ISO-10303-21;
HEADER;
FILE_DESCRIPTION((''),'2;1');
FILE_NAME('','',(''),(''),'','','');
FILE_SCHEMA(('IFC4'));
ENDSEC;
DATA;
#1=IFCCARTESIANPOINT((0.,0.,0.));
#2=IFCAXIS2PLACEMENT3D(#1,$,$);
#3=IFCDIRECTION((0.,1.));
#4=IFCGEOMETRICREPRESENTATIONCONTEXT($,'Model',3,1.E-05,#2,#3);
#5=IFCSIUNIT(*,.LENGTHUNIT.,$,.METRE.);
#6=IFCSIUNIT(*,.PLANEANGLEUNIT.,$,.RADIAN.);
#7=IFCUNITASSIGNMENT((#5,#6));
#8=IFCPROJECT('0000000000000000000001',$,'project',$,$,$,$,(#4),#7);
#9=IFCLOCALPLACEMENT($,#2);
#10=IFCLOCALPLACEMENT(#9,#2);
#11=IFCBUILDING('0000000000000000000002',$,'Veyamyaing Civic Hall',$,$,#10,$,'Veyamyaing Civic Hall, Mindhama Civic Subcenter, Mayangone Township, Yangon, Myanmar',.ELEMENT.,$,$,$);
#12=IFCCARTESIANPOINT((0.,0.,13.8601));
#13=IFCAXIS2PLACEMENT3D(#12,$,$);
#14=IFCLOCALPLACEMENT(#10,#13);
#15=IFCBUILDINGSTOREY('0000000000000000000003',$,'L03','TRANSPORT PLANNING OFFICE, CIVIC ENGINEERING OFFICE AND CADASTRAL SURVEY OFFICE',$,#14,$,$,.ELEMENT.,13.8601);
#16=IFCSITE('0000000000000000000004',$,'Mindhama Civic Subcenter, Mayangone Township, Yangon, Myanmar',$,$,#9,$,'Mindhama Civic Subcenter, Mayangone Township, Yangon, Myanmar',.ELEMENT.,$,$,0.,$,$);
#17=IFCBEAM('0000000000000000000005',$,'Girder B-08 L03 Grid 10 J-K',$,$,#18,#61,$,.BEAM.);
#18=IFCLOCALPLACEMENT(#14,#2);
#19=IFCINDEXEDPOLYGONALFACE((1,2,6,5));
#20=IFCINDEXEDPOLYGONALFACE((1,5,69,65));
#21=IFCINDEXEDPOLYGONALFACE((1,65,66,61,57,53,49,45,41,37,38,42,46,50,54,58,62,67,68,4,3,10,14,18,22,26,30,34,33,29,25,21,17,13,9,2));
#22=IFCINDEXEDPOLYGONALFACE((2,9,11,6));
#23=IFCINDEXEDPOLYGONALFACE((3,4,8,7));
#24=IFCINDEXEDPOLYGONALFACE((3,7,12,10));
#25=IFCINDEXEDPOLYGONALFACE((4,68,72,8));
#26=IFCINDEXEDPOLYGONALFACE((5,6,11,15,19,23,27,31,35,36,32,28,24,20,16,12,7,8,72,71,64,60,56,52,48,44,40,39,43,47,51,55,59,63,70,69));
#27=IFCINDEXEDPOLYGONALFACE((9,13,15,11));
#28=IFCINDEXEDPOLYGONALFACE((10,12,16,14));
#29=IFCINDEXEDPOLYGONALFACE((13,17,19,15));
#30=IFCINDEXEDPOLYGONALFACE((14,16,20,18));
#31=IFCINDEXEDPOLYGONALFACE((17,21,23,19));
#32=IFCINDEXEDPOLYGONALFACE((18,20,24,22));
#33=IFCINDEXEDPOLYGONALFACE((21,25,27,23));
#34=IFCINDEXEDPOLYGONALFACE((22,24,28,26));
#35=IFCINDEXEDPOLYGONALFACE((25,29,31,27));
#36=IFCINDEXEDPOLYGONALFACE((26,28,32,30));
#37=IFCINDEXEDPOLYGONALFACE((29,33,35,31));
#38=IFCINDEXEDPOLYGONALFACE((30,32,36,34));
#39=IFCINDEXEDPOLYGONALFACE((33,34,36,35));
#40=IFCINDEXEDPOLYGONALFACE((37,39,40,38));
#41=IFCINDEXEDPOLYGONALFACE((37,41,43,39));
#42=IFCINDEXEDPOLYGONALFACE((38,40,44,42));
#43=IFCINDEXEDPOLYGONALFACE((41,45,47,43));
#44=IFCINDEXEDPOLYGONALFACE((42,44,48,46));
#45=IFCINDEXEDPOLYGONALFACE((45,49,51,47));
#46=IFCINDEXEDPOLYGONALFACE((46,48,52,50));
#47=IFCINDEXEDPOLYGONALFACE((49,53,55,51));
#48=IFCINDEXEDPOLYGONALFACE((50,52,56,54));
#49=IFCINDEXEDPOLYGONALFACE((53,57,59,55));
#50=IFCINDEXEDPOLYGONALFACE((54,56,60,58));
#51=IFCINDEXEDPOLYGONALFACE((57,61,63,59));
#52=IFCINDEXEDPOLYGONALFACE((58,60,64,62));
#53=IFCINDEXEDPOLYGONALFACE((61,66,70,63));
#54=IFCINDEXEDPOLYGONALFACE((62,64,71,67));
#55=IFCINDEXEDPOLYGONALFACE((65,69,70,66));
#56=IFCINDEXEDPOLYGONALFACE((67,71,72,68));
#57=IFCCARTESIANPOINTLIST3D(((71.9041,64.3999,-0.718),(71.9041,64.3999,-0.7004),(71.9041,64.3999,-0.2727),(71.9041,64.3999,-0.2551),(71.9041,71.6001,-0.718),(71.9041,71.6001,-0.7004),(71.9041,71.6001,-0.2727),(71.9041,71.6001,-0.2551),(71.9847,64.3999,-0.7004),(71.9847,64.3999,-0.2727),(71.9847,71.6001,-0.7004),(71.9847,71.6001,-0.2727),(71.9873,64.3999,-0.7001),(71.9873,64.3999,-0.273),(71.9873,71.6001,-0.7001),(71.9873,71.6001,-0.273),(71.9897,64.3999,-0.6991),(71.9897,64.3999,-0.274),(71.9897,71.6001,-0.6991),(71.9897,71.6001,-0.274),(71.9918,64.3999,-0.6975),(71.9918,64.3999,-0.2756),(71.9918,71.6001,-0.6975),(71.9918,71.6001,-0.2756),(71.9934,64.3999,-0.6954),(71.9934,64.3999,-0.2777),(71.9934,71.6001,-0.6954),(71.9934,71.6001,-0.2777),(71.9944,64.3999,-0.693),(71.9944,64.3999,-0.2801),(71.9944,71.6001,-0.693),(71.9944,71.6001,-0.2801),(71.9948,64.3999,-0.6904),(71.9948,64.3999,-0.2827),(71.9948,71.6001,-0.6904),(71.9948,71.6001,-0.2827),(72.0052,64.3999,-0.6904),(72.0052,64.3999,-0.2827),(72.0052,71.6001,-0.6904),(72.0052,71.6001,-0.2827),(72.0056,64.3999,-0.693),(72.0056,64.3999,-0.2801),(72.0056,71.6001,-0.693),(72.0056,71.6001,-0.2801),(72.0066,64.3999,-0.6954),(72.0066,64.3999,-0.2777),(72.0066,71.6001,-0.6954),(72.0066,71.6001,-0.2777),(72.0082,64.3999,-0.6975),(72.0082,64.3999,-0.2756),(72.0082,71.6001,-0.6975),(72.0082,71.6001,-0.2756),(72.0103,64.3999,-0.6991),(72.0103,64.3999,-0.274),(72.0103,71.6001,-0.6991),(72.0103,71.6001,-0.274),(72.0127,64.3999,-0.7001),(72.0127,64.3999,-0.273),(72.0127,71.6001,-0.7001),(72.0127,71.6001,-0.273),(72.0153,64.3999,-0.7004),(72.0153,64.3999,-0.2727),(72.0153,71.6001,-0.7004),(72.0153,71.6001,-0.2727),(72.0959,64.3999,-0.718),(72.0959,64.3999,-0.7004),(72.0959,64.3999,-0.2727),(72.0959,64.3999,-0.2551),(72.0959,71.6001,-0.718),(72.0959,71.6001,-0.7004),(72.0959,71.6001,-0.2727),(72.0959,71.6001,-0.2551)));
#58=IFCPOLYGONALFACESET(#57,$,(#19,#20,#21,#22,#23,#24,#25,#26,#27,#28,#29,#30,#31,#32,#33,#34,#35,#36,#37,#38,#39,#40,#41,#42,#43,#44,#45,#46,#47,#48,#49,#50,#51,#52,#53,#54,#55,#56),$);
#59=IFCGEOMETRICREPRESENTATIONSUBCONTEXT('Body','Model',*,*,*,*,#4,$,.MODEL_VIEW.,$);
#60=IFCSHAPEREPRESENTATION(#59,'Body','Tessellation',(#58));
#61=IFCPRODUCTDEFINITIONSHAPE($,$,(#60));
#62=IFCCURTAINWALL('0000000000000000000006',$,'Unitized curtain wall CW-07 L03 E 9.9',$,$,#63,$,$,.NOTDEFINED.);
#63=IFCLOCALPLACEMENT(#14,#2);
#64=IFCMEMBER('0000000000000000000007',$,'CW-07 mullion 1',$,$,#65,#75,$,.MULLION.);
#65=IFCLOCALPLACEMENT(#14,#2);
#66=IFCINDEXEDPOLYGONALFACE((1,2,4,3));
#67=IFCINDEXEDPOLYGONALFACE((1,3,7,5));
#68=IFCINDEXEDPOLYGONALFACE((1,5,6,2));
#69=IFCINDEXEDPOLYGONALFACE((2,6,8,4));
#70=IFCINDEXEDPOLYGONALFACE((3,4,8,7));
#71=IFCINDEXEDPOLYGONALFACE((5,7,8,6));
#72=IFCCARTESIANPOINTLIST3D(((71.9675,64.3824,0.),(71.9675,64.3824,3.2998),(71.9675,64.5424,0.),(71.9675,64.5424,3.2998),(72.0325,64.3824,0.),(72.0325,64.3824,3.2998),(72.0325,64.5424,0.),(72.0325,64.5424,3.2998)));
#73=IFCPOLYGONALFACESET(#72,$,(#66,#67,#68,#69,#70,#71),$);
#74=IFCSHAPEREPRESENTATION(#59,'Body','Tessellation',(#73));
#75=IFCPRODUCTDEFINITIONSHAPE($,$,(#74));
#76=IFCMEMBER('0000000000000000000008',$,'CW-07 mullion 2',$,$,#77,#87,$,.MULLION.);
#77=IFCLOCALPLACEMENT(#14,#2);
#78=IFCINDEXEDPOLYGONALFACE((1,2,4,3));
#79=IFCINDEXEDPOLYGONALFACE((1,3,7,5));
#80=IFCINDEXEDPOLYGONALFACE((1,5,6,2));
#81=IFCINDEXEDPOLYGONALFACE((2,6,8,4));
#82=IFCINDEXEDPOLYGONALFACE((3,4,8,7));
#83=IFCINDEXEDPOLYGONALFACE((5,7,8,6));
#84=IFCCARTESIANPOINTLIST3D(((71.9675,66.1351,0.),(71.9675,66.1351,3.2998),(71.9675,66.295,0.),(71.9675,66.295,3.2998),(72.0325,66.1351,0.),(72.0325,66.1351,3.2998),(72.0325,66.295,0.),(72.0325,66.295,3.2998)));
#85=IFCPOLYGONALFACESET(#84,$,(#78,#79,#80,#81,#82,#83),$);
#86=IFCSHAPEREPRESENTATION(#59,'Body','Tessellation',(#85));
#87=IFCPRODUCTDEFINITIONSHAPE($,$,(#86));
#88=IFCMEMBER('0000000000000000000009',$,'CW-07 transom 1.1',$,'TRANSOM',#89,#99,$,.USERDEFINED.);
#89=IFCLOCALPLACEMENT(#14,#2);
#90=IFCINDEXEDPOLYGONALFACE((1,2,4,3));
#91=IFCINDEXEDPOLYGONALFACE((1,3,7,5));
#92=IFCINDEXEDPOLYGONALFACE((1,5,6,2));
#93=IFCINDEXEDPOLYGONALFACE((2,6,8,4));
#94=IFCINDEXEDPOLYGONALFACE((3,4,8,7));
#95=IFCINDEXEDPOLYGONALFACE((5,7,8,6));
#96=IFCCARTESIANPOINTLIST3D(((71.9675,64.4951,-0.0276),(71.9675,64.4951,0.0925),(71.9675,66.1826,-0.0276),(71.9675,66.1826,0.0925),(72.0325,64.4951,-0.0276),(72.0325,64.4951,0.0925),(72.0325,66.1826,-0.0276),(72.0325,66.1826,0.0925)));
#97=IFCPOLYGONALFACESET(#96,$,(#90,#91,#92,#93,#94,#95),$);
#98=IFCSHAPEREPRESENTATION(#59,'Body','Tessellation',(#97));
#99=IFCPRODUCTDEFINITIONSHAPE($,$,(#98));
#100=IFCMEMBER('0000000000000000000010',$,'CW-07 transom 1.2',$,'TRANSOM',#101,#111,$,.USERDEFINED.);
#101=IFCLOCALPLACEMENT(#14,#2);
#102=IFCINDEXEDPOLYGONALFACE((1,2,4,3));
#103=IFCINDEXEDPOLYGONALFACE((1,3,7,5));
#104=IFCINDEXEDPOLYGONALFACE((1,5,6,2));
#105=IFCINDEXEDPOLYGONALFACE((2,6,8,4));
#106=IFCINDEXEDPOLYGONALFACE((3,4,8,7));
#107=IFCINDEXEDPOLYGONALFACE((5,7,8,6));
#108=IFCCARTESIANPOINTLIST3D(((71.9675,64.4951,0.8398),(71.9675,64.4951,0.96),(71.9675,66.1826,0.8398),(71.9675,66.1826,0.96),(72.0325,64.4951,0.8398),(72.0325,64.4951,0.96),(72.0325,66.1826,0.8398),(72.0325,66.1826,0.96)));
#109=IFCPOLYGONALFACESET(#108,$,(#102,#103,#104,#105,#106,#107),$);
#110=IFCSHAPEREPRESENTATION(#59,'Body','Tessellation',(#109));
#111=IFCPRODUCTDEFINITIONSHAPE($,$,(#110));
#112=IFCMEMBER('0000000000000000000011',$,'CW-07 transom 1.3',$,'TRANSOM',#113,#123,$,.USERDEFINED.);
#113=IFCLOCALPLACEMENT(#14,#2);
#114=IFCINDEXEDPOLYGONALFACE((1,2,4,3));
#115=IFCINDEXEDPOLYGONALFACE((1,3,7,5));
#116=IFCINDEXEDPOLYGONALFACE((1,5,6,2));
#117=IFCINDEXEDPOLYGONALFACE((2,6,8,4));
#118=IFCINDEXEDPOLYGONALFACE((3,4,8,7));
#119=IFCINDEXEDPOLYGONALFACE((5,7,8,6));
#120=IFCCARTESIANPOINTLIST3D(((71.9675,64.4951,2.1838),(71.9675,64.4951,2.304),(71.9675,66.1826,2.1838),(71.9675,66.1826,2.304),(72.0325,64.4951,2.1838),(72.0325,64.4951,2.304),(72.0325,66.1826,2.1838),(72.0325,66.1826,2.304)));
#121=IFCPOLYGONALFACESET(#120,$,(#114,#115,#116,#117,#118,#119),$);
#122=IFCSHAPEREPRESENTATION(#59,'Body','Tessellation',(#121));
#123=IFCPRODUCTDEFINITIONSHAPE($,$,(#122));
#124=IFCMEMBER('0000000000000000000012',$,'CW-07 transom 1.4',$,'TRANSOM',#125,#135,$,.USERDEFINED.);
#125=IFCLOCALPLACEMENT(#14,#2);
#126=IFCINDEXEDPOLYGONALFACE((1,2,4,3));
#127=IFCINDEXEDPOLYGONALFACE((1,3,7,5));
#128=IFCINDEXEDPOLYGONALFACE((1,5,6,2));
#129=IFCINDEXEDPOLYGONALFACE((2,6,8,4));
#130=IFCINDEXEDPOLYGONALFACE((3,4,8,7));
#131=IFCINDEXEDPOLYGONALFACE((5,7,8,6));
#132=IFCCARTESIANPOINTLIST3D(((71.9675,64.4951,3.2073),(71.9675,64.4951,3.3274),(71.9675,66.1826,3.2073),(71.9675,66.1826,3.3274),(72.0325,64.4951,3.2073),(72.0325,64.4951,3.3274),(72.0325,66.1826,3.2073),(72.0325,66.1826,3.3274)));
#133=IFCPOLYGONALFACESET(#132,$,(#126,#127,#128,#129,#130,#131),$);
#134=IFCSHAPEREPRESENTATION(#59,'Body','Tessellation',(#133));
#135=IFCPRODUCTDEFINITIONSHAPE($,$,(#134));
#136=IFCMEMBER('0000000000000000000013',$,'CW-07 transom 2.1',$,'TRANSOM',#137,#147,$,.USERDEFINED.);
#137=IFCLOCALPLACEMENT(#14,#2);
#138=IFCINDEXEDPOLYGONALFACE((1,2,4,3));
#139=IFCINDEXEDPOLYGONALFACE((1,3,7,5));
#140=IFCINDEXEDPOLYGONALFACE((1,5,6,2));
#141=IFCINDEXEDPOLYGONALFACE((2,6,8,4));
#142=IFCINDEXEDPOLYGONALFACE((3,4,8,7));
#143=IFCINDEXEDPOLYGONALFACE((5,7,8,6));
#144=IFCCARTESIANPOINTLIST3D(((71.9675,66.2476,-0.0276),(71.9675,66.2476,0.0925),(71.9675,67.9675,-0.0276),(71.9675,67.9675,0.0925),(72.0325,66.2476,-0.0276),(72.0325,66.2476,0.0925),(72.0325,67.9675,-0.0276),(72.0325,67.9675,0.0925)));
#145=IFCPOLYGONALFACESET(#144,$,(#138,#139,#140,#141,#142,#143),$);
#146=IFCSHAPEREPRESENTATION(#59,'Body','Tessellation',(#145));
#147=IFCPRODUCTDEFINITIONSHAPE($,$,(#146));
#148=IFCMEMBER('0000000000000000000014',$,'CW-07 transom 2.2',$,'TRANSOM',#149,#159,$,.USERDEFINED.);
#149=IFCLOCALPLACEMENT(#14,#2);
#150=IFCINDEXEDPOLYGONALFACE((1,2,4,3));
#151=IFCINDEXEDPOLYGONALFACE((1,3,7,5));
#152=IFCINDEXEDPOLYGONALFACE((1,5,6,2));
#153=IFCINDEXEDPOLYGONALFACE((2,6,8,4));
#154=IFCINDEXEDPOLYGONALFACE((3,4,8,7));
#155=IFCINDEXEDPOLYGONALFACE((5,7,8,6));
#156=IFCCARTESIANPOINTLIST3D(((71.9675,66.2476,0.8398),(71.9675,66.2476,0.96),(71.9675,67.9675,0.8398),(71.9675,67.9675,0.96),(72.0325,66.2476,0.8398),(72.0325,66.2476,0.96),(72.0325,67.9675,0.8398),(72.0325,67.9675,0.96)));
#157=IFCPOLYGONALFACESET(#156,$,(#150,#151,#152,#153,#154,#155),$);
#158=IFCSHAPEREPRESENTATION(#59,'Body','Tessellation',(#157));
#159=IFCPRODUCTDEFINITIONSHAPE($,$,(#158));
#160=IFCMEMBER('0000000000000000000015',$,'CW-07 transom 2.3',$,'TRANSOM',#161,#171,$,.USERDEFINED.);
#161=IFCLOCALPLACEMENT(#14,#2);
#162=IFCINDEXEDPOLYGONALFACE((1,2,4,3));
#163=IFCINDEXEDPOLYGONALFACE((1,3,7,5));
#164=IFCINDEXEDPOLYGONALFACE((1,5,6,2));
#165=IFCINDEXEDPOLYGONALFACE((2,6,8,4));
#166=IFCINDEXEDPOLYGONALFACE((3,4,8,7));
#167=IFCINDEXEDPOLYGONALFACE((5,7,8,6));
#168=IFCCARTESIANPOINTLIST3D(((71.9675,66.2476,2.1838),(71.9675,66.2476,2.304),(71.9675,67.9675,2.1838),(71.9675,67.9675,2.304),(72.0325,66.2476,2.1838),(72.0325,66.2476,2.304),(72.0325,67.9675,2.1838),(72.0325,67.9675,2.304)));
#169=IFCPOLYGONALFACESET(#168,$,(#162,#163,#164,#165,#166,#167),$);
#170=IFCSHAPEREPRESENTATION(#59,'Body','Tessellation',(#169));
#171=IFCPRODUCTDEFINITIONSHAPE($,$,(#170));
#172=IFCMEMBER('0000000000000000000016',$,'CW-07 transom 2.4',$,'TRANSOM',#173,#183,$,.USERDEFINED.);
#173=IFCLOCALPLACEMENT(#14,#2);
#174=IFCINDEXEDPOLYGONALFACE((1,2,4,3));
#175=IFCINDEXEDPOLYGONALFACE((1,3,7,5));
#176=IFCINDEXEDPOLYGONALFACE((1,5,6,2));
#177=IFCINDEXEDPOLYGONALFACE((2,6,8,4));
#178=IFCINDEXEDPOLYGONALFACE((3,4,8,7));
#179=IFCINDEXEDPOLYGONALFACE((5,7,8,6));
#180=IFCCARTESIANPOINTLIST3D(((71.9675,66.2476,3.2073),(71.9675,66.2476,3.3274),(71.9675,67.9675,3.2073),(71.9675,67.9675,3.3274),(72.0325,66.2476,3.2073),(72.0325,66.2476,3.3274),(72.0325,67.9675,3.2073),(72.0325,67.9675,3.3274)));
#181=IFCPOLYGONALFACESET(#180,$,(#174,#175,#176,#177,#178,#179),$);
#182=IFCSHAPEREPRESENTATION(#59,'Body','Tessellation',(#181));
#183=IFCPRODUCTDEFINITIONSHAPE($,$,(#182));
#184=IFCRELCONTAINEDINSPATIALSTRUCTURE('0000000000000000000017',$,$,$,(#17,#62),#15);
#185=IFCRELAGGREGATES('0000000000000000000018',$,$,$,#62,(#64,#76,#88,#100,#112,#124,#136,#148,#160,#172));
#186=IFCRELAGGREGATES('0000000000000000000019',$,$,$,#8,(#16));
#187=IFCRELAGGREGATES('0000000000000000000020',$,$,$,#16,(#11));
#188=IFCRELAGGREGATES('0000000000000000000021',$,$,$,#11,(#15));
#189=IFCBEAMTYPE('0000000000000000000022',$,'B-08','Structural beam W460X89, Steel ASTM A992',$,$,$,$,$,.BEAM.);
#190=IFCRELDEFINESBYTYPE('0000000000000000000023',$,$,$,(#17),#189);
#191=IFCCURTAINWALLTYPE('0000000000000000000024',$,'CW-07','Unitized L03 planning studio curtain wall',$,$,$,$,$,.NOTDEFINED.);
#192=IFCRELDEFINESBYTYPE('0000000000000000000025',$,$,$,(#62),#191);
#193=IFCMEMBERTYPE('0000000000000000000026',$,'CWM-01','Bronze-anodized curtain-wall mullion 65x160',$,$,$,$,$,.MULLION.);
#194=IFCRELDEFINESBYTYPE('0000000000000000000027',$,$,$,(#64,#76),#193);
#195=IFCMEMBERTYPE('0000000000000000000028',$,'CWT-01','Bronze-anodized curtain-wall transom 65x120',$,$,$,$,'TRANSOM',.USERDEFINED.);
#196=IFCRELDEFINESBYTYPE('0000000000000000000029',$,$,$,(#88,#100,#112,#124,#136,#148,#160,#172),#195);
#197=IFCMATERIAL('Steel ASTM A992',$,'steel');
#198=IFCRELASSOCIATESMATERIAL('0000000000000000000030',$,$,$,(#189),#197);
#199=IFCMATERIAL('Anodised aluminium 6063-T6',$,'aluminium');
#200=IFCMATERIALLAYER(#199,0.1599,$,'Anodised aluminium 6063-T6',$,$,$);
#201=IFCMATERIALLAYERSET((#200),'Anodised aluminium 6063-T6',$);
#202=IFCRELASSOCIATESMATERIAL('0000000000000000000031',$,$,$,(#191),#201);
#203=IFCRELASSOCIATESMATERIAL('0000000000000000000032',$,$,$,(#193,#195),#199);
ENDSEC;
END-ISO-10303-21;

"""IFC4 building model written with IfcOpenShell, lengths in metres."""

from ifc_helpers import new_model, si_unit, direction, frame, origin, origin_2d, place, context, subcontext, project, spatial, rectangle, i_section, extrude, material, layer, layer_set, material_profile, profile_set, type_object, element, aggregate, save


model = new_model("IFC4")

# Units and contexts
model_context = context("Model", 3, precision=1e-05, world=origin(), true_north=direction((0.0, 1.0)))
body_context = subcontext(model_context, "Body", "Model", "MODEL_VIEW")
ifc_project = project(units=[si_unit("LENGTHUNIT", "METRE"), si_unit("PLANEANGLEUNIT", "RADIAN")], contexts=[model_context])

# Site, building, storey
site_placement = place(None, origin())
site = spatial("IfcSite", under=ifc_project, at=site_placement, Name="Mindhama Civic Subcenter, Mayangone Township, Yangon, Myanmar", LongName="Mindhama Civic Subcenter, Mayangone Township, Yangon, Myanmar", CompositionType="ELEMENT", RefElevation=0.0)
building_placement = place(site_placement, origin())
building = spatial("IfcBuilding", under=site, at=building_placement, Name="Veyamyaing Civic Hall", LongName="Veyamyaing Civic Hall, Mindhama Civic Subcenter, Mayangone Township, Yangon, Myanmar", CompositionType="ELEMENT")
storey_placement = place(building_placement, frame((0.0, 0.0, 13.8601)))
storey = spatial("IfcBuildingStorey", under=building, at=storey_placement, Name="L03", Description="TRANSPORT PLANNING OFFICE, CIVIC ENGINEERING OFFICE AND CADASTRAL SURVEY OFFICE", CompositionType="ELEMENT", Elevation=13.8601)

# Beam
ifc_material_1 = material(Name="Steel ASTM A992", Category="steel")
ifc_material_profile_1 = material_profile(ifc_material_1, i_section(OverallWidth=0.1919, OverallDepth=0.4629, WebThickness=0.0105, FlangeThickness=0.0176, FilletRadius=0.01, at=origin_2d()), Name="W460X89")
ifc_profile_set_1 = profile_set([ifc_material_profile_1], Name="Steel ASTM A992")
beam_type_1 = type_object("IfcBeamType", Name="B-08", Description="Structural beam W460X89, Steel ASTM A992", PredefinedType="BEAM", material=ifc_profile_set_1)
beam_1_placement = place(storey_placement, frame((72.0, 64.3999, -0.4866), z_axis=(0.0, 1.0, 0.0), x_axis=(-1.0, 0.0, 0.0)))
element("IfcBeam", 1, at=beam_1_placement, inside=storey, type_object=beam_type_1, Name="Girder B-08 L03 Grid 10 J-K", PredefinedType="BEAM", context=body_context, shape_type="SweptSolid", body=[
    extrude(i_section(OverallWidth=0.1919, OverallDepth=0.4629, WebThickness=0.0105, FlangeThickness=0.0176, FilletRadius=0.01, at=origin_2d()), origin(), (0.0, 0.0, 1.0), 7.2002),
])

# Curtain wall, members
ifc_material_2 = material(Name="Anodised aluminium 6063-T6", Category="aluminium")
ifc_layer_1 = layer(ifc_material_2, 0.1599, Name="Anodised aluminium 6063-T6")
ifc_layer_set_1 = layer_set([ifc_layer_1], Name="Anodised aluminium 6063-T6")
curtain_wall_type = type_object("IfcCurtainWallType", Name="CW-07", Description="Unitized L03 planning studio curtain wall", PredefinedType="NOTDEFINED", material=ifc_layer_set_1)
curtain_wall_placement = place(storey_placement, origin())
curtain_wall = element("IfcCurtainWall", 2, at=curtain_wall_placement, inside=storey, type_object=curtain_wall_type, Name="Unitized curtain wall CW-07 L03 E 9.9", PredefinedType="NOTDEFINED")
ifc_material_profile_2 = material_profile(ifc_material_2, rectangle(XDim=0.0649, YDim=0.1599, at=origin_2d()), Name="ALU-MUL-65X160")
ifc_profile_set_2 = profile_set([ifc_material_profile_2], Name="Anodised aluminium 6063-T6")
member_type_1 = type_object("IfcMemberType", Name="CWM-01", Description="Bronze-anodized curtain-wall mullion 65x160", PredefinedType="MULLION", material=ifc_profile_set_2)
member_1_placement = place(storey_placement, frame((72.0, 64.4624, 0.0), z_axis=(0.0, 0.0, 1.0), x_axis=(-1.0, 0.0, 0.0)))
member_1 = element("IfcMember", 3, at=member_1_placement, type_object=member_type_1, Name="CW-07 mullion 1", PredefinedType="MULLION", context=body_context, shape_type="SweptSolid", body=[
    extrude(rectangle(XDim=0.0649, YDim=0.1599, at=origin_2d()), origin(), (0.0, 0.0, 1.0), 3.2998),
])
member_2_placement = place(storey_placement, frame((72.0, 66.2151, 0.0), z_axis=(0.0, 0.0, 1.0), x_axis=(-1.0, 0.0, 0.0)))
member_2 = element("IfcMember", 4, at=member_2_placement, type_object=member_type_1, Name="CW-07 mullion 2", PredefinedType="MULLION", context=body_context, shape_type="SweptSolid", body=[
    extrude(rectangle(XDim=0.0649, YDim=0.1599, at=origin_2d()), origin(), (0.0, 0.0, 1.0), 3.2998),
])
ifc_material_profile_3 = material_profile(ifc_material_2, rectangle(XDim=0.0649, YDim=0.1201, at=origin_2d()), Name="ALU-TRN-65X120")
ifc_profile_set_3 = profile_set([ifc_material_profile_3], Name="Anodised aluminium 6063-T6")
member_type_2 = type_object("IfcMemberType", Name="CWT-01", Description="Bronze-anodized curtain-wall transom 65x120", ElementType="TRANSOM", PredefinedType="USERDEFINED", material=ifc_profile_set_3)
member_3_placement = place(storey_placement, frame((72.0, 64.4951, 0.0325), z_axis=(0.0, 1.0, 0.0), x_axis=(-1.0, 0.0, 0.0)))
member_3 = element("IfcMember", 5, at=member_3_placement, type_object=member_type_2, Name="CW-07 transom 1.1", ObjectType="TRANSOM", PredefinedType="USERDEFINED", context=body_context, shape_type="SweptSolid", body=[
    extrude(rectangle(XDim=0.0649, YDim=0.1201, at=origin_2d()), origin(), (0.0, 0.0, 1.0), 1.6875),
])
member_4_placement = place(storey_placement, frame((72.0, 64.4951, 0.8999), z_axis=(0.0, 1.0, 0.0), x_axis=(-1.0, 0.0, 0.0)))
member_4 = element("IfcMember", 6, at=member_4_placement, type_object=member_type_2, Name="CW-07 transom 1.2", ObjectType="TRANSOM", PredefinedType="USERDEFINED", context=body_context, shape_type="SweptSolid", body=[
    extrude(rectangle(XDim=0.0649, YDim=0.1201, at=origin_2d()), origin(), (0.0, 0.0, 1.0), 1.6875),
])
member_5_placement = place(storey_placement, frame((72.0, 64.4951, 2.2439), z_axis=(0.0, 1.0, 0.0), x_axis=(-1.0, 0.0, 0.0)))
member_5 = element("IfcMember", 7, at=member_5_placement, type_object=member_type_2, Name="CW-07 transom 1.3", ObjectType="TRANSOM", PredefinedType="USERDEFINED", context=body_context, shape_type="SweptSolid", body=[
    extrude(rectangle(XDim=0.0649, YDim=0.1201, at=origin_2d()), origin(), (0.0, 0.0, 1.0), 1.6875),
])
member_6_placement = place(storey_placement, frame((72.0, 64.4951, 3.2673), z_axis=(0.0, 1.0, 0.0), x_axis=(-1.0, 0.0, 0.0)))
member_6 = element("IfcMember", 8, at=member_6_placement, type_object=member_type_2, Name="CW-07 transom 1.4", ObjectType="TRANSOM", PredefinedType="USERDEFINED", context=body_context, shape_type="SweptSolid", body=[
    extrude(rectangle(XDim=0.0649, YDim=0.1201, at=origin_2d()), origin(), (0.0, 0.0, 1.0), 1.6875),
])
member_7_placement = place(storey_placement, frame((72.0, 66.2476, 0.0325), z_axis=(0.0, 1.0, 0.0), x_axis=(-1.0, 0.0, 0.0)))
member_7 = element("IfcMember", 9, at=member_7_placement, type_object=member_type_2, Name="CW-07 transom 2.1", ObjectType="TRANSOM", PredefinedType="USERDEFINED", context=body_context, shape_type="SweptSolid", body=[
    extrude(rectangle(XDim=0.0649, YDim=0.1201, at=origin_2d()), origin(), (0.0, 0.0, 1.0), 1.72),
])
member_8_placement = place(storey_placement, frame((72.0, 66.2476, 0.8999), z_axis=(0.0, 1.0, 0.0), x_axis=(-1.0, 0.0, 0.0)))
member_8 = element("IfcMember", 10, at=member_8_placement, type_object=member_type_2, Name="CW-07 transom 2.2", ObjectType="TRANSOM", PredefinedType="USERDEFINED", context=body_context, shape_type="SweptSolid", body=[
    extrude(rectangle(XDim=0.0649, YDim=0.1201, at=origin_2d()), origin(), (0.0, 0.0, 1.0), 1.72),
])
member_9_placement = place(storey_placement, frame((72.0, 66.2476, 2.2439), z_axis=(0.0, 1.0, 0.0), x_axis=(-1.0, 0.0, 0.0)))
member_9 = element("IfcMember", 11, at=member_9_placement, type_object=member_type_2, Name="CW-07 transom 2.3", ObjectType="TRANSOM", PredefinedType="USERDEFINED", context=body_context, shape_type="SweptSolid", body=[
    extrude(rectangle(XDim=0.0649, YDim=0.1201, at=origin_2d()), origin(), (0.0, 0.0, 1.0), 1.72),
])
member_10_placement = place(storey_placement, frame((72.0, 66.2476, 3.2673), z_axis=(0.0, 1.0, 0.0), x_axis=(-1.0, 0.0, 0.0)))
member_10 = element("IfcMember", 12, at=member_10_placement, type_object=member_type_2, Name="CW-07 transom 2.4", ObjectType="TRANSOM", PredefinedType="USERDEFINED", context=body_context, shape_type="SweptSolid", body=[
    extrude(rectangle(XDim=0.0649, YDim=0.1201, at=origin_2d()), origin(), (0.0, 0.0, 1.0), 1.72),
])

aggregate(curtain_wall, [member_1, member_2, member_3, member_4, member_5, member_6, member_7, member_8, member_9, member_10])

save(model, "model.ifc")
